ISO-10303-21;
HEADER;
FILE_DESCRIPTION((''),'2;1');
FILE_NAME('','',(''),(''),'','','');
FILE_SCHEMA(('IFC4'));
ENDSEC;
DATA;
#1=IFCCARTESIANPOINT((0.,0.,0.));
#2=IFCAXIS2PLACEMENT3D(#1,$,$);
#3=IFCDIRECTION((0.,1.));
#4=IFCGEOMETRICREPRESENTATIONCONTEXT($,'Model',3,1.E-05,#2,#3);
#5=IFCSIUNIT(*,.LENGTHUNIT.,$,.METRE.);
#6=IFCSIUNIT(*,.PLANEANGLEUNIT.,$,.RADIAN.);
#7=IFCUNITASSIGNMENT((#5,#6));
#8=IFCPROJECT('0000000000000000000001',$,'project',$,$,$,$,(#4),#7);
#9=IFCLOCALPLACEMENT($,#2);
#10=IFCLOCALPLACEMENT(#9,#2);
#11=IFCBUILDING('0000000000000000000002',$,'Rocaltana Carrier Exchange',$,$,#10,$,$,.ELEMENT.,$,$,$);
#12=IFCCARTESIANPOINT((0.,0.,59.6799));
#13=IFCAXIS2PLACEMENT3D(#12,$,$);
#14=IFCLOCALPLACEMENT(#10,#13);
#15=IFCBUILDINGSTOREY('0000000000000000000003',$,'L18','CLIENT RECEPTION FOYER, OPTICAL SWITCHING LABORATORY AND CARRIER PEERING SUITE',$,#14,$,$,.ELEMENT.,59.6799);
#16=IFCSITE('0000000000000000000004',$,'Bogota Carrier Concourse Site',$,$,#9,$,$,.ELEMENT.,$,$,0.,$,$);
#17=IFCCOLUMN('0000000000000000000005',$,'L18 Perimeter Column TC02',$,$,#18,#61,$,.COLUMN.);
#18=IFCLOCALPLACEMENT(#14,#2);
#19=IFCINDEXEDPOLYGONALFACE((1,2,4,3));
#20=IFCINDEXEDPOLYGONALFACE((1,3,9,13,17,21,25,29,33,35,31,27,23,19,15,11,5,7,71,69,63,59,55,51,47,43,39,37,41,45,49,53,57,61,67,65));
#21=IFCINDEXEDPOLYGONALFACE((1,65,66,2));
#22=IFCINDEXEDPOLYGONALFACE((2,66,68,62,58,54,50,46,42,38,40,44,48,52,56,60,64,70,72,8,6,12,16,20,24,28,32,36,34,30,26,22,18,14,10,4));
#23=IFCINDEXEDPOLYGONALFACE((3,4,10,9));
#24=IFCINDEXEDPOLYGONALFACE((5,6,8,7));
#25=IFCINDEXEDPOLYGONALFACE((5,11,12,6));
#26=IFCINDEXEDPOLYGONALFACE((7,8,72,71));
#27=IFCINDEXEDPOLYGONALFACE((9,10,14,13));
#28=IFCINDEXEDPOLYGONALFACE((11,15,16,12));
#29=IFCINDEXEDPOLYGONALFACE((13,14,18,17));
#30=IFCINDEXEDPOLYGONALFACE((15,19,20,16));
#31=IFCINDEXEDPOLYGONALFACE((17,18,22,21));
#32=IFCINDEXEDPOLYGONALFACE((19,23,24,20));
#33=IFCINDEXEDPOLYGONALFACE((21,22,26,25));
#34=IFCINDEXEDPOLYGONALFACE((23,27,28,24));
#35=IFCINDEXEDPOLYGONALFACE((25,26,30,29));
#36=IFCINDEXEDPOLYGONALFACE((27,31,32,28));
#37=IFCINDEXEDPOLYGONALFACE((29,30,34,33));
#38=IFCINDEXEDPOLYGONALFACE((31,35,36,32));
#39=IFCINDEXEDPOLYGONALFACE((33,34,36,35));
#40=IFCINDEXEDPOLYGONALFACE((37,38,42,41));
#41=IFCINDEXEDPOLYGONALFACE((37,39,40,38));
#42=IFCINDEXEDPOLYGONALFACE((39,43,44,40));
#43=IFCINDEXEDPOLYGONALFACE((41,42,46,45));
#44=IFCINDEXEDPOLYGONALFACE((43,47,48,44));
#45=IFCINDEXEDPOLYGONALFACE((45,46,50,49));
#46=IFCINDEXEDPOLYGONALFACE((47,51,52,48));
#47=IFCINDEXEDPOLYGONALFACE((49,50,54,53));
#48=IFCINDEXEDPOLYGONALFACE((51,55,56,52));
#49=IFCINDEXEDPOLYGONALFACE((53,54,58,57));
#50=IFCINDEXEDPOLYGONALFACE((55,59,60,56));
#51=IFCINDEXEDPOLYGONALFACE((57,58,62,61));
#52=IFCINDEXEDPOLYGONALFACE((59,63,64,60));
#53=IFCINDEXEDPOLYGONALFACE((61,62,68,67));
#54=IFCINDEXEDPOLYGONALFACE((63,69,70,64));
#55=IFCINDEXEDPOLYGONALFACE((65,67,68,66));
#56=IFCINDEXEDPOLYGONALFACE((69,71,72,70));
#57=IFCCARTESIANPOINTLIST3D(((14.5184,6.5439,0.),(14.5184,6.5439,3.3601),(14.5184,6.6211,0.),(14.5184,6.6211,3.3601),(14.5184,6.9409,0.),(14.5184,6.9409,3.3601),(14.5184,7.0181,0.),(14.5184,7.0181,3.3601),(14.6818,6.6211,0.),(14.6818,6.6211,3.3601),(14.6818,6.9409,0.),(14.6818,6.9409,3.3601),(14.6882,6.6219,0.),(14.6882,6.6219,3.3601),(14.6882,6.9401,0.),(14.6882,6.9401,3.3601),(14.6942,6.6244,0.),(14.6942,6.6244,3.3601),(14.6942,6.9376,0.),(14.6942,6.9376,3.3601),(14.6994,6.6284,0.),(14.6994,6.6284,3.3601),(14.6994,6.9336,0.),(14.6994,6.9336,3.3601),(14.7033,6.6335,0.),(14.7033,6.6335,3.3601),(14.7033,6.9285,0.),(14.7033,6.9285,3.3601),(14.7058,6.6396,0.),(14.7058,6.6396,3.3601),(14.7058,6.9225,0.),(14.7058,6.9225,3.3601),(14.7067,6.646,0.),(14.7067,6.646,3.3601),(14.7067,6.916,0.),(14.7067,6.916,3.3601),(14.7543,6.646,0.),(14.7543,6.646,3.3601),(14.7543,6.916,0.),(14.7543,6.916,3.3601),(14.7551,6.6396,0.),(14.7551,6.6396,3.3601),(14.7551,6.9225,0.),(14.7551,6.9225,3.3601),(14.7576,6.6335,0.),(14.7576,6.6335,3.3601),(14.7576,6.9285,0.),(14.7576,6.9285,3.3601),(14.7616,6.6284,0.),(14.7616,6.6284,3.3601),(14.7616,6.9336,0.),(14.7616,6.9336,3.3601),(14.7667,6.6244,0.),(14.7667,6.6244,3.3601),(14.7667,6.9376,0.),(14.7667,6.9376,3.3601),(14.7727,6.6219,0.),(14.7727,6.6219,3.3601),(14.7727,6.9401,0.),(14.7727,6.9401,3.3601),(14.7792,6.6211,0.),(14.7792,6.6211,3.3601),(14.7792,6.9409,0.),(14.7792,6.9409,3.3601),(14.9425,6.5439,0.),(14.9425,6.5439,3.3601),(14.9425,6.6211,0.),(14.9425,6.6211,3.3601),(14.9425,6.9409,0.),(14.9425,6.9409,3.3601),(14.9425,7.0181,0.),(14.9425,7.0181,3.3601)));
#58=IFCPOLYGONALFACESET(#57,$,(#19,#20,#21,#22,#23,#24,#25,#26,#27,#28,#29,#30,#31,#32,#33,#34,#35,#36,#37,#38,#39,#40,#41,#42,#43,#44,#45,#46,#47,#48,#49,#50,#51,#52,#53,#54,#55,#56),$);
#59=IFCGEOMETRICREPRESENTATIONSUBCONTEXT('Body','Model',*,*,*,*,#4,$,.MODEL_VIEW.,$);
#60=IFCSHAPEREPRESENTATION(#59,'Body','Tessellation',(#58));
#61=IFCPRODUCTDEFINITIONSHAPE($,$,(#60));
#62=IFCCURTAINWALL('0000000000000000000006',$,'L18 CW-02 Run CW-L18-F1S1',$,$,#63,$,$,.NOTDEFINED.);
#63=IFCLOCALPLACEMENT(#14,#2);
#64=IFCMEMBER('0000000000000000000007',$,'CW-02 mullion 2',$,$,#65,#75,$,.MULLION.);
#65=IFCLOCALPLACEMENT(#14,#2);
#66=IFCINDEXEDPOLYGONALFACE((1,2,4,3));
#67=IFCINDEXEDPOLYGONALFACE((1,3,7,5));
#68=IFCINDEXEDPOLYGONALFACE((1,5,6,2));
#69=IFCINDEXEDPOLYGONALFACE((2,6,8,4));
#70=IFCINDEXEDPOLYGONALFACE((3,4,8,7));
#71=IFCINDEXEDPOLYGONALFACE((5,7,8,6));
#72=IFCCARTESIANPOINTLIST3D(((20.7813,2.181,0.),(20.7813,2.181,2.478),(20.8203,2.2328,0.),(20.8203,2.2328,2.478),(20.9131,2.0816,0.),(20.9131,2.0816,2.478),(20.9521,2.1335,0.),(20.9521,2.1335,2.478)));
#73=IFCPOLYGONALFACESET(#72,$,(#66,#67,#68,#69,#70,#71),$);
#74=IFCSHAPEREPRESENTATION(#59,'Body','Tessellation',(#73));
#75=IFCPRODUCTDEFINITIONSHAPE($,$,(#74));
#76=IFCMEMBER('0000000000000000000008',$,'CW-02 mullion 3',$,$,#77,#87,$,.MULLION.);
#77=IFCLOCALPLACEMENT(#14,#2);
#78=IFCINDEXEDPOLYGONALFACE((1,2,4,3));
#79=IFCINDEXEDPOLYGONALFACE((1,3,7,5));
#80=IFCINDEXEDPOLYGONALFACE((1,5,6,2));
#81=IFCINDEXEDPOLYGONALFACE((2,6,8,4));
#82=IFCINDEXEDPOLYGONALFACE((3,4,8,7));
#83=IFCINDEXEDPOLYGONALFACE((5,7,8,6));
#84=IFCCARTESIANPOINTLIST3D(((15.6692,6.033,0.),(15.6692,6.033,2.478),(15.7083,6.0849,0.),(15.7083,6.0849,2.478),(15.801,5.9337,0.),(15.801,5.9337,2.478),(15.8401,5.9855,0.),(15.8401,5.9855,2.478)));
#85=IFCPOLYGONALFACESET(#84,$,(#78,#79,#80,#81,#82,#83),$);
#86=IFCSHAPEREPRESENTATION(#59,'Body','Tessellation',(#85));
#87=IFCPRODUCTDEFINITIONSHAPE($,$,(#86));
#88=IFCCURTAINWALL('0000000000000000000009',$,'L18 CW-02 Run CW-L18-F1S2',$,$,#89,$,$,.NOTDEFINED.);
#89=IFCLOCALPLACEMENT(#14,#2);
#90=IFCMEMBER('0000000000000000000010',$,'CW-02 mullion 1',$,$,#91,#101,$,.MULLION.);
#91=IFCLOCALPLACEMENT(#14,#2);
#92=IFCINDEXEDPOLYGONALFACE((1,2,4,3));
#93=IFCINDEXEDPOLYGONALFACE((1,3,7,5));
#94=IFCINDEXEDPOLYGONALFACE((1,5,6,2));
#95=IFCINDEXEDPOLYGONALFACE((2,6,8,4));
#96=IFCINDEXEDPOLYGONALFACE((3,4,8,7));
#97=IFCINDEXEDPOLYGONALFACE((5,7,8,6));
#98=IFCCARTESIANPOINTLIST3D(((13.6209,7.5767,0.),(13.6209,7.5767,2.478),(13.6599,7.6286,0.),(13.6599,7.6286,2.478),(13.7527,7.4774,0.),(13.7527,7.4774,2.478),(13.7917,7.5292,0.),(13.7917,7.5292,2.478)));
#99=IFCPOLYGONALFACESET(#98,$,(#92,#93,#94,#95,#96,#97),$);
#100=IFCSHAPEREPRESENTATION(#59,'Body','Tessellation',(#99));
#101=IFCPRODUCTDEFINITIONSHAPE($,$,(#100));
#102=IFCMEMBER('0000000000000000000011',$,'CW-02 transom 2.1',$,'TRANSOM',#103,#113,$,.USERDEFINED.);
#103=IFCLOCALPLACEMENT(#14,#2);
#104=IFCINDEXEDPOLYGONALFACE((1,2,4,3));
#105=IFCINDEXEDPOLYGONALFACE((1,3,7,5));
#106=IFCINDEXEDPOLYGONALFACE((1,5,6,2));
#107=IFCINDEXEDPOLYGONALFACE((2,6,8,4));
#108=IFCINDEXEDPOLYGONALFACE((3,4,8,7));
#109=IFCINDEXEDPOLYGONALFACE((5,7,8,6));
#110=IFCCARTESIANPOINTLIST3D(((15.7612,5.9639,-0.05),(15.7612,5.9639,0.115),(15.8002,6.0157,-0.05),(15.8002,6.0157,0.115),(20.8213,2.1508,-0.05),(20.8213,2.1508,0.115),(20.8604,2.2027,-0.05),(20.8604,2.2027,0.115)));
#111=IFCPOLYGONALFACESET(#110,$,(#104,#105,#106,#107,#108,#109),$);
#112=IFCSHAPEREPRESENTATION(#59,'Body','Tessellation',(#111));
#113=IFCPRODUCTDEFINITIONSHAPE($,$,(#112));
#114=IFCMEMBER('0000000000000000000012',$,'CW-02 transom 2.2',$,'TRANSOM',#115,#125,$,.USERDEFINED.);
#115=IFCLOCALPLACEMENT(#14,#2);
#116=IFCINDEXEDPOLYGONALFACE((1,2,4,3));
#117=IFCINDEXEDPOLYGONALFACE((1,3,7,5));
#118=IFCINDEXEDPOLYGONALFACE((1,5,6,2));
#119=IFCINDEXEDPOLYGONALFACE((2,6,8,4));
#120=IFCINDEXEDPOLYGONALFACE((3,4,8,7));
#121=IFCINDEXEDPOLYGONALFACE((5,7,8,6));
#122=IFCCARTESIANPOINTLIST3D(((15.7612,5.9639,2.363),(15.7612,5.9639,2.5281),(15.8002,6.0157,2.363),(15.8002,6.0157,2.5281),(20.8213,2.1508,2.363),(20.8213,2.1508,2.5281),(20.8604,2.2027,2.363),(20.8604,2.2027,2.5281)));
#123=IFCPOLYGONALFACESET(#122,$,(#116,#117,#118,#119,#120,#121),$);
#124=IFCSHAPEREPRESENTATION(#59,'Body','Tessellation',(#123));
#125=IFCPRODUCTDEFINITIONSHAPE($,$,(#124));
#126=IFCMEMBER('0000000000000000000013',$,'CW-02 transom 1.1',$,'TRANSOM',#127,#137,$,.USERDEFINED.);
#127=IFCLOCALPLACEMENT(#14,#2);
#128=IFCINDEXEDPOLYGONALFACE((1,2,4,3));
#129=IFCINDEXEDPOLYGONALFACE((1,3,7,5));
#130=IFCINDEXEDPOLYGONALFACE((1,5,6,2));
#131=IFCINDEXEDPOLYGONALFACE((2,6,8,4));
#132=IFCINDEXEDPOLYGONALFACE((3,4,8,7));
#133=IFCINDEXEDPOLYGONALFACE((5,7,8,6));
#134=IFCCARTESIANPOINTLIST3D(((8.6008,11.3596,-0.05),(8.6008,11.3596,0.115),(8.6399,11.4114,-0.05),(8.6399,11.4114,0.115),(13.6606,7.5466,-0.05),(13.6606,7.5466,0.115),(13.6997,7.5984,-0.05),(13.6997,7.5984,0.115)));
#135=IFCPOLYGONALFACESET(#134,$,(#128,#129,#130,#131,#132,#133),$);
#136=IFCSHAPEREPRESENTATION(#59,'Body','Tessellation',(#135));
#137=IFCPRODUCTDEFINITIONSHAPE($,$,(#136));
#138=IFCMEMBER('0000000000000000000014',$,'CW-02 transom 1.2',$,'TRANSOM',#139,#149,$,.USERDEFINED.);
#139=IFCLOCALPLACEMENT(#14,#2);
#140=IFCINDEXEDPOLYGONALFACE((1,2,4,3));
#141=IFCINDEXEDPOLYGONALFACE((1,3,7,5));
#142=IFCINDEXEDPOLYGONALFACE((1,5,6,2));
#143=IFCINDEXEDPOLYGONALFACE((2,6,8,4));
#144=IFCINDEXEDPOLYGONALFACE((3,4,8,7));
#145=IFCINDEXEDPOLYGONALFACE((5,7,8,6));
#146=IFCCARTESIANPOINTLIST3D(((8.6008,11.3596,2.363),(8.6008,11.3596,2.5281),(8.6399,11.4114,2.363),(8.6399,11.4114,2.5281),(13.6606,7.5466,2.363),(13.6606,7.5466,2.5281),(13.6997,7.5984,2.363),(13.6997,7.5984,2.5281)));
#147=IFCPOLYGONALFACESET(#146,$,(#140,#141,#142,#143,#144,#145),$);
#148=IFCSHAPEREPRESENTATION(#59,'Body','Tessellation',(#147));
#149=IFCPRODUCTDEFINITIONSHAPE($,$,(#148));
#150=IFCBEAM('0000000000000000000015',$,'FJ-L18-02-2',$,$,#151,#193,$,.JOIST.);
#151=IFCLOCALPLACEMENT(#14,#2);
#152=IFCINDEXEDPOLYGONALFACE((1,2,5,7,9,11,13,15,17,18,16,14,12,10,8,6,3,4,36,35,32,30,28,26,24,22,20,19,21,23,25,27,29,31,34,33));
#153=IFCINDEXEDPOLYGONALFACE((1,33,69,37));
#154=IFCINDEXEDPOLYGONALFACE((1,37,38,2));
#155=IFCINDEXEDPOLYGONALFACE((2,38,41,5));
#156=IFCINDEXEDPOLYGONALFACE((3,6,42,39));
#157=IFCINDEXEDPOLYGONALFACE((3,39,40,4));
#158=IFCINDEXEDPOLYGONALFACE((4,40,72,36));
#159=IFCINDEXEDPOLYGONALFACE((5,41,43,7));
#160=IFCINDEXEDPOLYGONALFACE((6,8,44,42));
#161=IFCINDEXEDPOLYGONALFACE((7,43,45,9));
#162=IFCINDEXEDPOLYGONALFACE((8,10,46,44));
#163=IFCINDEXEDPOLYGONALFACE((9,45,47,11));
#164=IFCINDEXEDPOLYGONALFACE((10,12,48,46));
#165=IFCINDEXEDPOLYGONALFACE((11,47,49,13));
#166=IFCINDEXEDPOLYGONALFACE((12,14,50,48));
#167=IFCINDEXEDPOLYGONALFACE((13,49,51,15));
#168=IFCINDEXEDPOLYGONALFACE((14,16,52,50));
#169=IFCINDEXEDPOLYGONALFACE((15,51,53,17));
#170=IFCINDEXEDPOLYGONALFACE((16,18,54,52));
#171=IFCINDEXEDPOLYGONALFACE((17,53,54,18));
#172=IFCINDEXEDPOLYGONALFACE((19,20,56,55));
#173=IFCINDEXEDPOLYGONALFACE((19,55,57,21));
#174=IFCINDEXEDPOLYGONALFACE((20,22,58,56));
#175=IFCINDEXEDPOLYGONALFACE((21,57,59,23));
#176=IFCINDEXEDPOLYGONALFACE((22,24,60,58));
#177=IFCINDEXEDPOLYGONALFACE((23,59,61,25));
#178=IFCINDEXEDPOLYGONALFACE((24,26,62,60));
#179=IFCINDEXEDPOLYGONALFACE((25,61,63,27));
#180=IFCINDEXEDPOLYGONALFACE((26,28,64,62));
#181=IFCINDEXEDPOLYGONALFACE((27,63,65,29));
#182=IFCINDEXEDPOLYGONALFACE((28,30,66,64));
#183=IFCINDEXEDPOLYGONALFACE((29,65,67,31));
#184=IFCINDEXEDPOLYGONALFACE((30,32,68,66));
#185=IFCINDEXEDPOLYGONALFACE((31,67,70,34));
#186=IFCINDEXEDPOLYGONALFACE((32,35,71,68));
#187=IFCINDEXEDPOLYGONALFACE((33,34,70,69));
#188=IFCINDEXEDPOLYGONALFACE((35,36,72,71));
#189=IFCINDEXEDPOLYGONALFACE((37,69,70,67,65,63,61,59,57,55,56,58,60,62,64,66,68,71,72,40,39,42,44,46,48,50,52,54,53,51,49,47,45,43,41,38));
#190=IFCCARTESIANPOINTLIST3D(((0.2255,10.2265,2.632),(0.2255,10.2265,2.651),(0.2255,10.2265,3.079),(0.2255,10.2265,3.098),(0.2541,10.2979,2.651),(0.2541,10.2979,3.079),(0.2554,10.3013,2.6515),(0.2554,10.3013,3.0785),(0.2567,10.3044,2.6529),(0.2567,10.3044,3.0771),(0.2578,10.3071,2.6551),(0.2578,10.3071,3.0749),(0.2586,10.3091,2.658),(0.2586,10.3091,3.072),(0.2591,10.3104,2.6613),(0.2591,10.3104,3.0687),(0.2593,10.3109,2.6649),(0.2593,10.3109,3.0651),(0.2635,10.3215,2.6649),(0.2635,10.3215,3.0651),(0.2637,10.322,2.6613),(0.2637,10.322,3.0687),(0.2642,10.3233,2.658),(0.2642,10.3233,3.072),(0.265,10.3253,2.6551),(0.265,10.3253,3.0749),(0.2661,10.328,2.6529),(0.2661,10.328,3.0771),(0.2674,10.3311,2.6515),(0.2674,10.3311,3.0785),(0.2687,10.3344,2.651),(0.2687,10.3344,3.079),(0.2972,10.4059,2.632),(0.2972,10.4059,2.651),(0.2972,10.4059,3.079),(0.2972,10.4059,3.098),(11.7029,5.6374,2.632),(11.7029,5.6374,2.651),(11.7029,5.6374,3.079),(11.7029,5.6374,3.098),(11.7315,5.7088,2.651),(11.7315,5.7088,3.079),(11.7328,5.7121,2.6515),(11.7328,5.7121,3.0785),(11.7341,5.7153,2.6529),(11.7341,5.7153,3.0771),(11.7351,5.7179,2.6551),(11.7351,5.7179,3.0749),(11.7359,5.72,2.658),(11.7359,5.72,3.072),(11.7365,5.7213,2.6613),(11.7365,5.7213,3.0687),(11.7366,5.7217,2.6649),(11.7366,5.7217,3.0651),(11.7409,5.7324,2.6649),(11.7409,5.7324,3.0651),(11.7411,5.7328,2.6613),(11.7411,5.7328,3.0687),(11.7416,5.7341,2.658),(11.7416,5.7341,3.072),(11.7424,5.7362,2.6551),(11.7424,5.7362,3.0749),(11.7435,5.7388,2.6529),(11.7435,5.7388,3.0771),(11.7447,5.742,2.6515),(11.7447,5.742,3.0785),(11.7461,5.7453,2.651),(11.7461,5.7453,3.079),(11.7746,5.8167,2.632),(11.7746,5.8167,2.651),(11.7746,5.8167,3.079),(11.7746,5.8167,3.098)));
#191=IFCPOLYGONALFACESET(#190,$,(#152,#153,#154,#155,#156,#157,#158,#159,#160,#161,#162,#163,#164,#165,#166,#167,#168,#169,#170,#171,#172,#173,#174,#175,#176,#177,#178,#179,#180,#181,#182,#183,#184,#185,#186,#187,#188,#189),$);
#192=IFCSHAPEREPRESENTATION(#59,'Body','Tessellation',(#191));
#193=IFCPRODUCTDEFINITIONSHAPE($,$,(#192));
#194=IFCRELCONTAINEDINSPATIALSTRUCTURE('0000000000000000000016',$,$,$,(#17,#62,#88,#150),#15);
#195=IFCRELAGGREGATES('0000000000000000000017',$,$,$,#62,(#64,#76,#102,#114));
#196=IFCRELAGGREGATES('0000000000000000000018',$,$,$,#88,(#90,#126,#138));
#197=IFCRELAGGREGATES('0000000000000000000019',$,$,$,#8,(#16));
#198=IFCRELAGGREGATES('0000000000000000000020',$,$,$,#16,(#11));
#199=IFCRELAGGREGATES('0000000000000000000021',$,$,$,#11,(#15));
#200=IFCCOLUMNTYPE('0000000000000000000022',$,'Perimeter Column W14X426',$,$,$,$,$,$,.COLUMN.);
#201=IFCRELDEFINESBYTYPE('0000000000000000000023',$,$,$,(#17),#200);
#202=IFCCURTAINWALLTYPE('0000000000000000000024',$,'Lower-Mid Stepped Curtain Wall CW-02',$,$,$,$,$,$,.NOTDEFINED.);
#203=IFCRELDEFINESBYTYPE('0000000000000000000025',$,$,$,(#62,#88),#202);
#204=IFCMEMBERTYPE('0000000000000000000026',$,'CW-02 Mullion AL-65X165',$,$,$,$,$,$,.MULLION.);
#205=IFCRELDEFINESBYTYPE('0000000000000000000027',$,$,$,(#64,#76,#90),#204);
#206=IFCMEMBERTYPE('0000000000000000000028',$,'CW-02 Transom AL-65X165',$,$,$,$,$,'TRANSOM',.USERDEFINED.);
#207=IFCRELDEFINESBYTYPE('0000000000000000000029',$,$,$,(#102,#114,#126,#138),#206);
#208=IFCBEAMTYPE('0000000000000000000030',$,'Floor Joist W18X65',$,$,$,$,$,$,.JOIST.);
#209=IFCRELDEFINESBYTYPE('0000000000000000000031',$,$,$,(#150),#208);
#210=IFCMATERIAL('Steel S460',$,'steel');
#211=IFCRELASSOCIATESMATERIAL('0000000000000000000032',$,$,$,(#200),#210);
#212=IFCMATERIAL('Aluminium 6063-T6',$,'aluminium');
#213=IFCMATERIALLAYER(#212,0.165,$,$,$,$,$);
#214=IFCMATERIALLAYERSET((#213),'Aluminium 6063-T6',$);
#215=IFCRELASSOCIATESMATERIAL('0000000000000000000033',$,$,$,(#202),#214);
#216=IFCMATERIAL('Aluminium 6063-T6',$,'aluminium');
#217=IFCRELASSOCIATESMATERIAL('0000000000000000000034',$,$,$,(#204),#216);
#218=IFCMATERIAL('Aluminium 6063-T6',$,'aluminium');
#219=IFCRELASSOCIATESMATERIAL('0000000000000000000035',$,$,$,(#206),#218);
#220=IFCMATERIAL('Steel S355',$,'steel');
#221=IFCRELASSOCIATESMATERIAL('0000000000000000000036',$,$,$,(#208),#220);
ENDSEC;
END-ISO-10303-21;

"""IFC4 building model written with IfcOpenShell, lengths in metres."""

from ifc_helpers import new_model, si_unit, direction, frame, origin, origin_2d, place, context, subcontext, project, spatial, rectangle, i_section, extrude, material, layer, layer_set, material_profile, profile_set, type_object, element, aggregate, save


model = new_model("IFC4")

# Units and contexts
model_context = context("Model", 3, precision=1e-05, world=origin(), true_north=direction((0.0, 1.0)))
body_context = subcontext(model_context, "Body", "Model", "MODEL_VIEW")
ifc_project = project(units=[si_unit("LENGTHUNIT", "METRE"), si_unit("PLANEANGLEUNIT", "RADIAN")], contexts=[model_context])

# Site, building, storey
site_placement = place(None, origin())
site = spatial("IfcSite", under=ifc_project, at=site_placement, Name="Bogota Carrier Concourse Site", CompositionType="ELEMENT", RefElevation=0.0)
building_placement = place(site_placement, origin())
building = spatial("IfcBuilding", under=site, at=building_placement, Name="Rocaltana Carrier Exchange", CompositionType="ELEMENT")
storey_placement = place(building_placement, frame((0.0, 0.0, 59.6799)))
storey = spatial("IfcBuildingStorey", under=building, at=storey_placement, Name="L18", Description="CLIENT RECEPTION FOYER, OPTICAL SWITCHING LABORATORY AND CARRIER PEERING SUITE", CompositionType="ELEMENT", Elevation=59.6799)

# Column
ifc_material_1 = material(Name="Steel S460", Category="steel")
ifc_material_profile_1 = material_profile(ifc_material_1, i_section(OverallWidth=0.4241, OverallDepth=0.4741, WebThickness=0.0476, FlangeThickness=0.0771, FilletRadius=0.0249, at=origin_2d()), Name="W14X426")
ifc_profile_set_1 = profile_set([ifc_material_profile_1], Name="Steel S460")
column_type = type_object("IfcColumnType", Name="Perimeter Column W14X426", PredefinedType="COLUMN", material=ifc_profile_set_1)
column_placement = place(storey_placement, frame((14.7305, 6.781, 0.0), z_axis=(0.0, 0.0, 1.0), x_axis=(1.0, 0.0, 0.0)))
element("IfcColumn", 1, at=column_placement, inside=storey, type_object=column_type, Name="L18 Perimeter Column TC02", PredefinedType="COLUMN", context=body_context, shape_type="SweptSolid", body=[
    extrude(i_section(OverallWidth=0.4241, OverallDepth=0.4741, WebThickness=0.0476, FlangeThickness=0.0771, FilletRadius=0.0249, at=origin_2d()), origin(), (0.0, 0.0, 1.0), 3.3601),
])

# Curtain wall, members
ifc_material_2 = material(Name="Aluminium 6063-T6", Category="aluminium")
ifc_layer_1 = layer(ifc_material_2, 0.165)
ifc_layer_set_1 = layer_set([ifc_layer_1], Name="Aluminium 6063-T6")
curtain_wall_type = type_object("IfcCurtainWallType", Name="Lower-Mid Stepped Curtain Wall CW-02", PredefinedType="NOTDEFINED", material=ifc_layer_set_1)
curtain_wall_1_placement = place(storey_placement, origin())
curtain_wall_1 = element("IfcCurtainWall", 2, at=curtain_wall_1_placement, inside=storey, type_object=curtain_wall_type, Name="L18 CW-02 Run CW-L18-F1S1", PredefinedType="NOTDEFINED")
ifc_material_3 = material(Name="Aluminium 6063-T6", Category="aluminium")
ifc_material_profile_2 = material_profile(ifc_material_3, rectangle(XDim=0.0649, YDim=0.165, at=origin_2d()), Name="AL-65X165")
ifc_profile_set_2 = profile_set([ifc_material_profile_2], Name="Aluminium 6063-T6")
member_type_1 = type_object("IfcMemberType", Name="CW-02 Mullion AL-65X165", PredefinedType="MULLION", material=ifc_profile_set_2)
member_1_placement = place(storey_placement, frame((20.8667, 2.1572, 0.0), z_axis=(0.0, 0.0, 1.0), x_axis=(-0.601807, -0.798642, 0.0)))
member_1 = element("IfcMember", 3, at=member_1_placement, type_object=member_type_1, Name="CW-02 mullion 2", PredefinedType="MULLION", context=body_context, shape_type="SweptSolid", body=[
    extrude(rectangle(XDim=0.0649, YDim=0.165, at=origin_2d()), origin(), (0.0, 0.0, 1.0), 2.478),
])
member_2_placement = place(storey_placement, frame((15.7546, 6.0093, 0.0), z_axis=(0.0, 0.0, 1.0), x_axis=(-0.601807, -0.798642, 0.0)))
member_2 = element("IfcMember", 4, at=member_2_placement, type_object=member_type_1, Name="CW-02 mullion 3", PredefinedType="MULLION", context=body_context, shape_type="SweptSolid", body=[
    extrude(rectangle(XDim=0.0649, YDim=0.165, at=origin_2d()), origin(), (0.0, 0.0, 1.0), 2.478),
])

# Curtain wall, member
curtain_wall_2_placement = place(storey_placement, origin())
curtain_wall_2 = element("IfcCurtainWall", 5, at=curtain_wall_2_placement, inside=storey, type_object=curtain_wall_type, Name="L18 CW-02 Run CW-L18-F1S2", PredefinedType="NOTDEFINED")
member_3_placement = place(storey_placement, frame((13.7063, 7.553, 0.0), z_axis=(0.0, 0.0, 1.0), x_axis=(-0.601815, -0.798635, 0.0)))
member_3 = element("IfcMember", 6, at=member_3_placement, type_object=member_type_1, Name="CW-02 mullion 1", PredefinedType="MULLION", context=body_context, shape_type="SweptSolid", body=[
    extrude(rectangle(XDim=0.0649, YDim=0.165, at=origin_2d()), origin(), (0.0, 0.0, 1.0), 2.478),
])

# Members
ifc_material_4 = material(Name="Aluminium 6063-T6", Category="aluminium")
ifc_material_profile_3 = material_profile(ifc_material_4, rectangle(XDim=0.0649, YDim=0.165, at=origin_2d()), Name="AL-65X165")
ifc_profile_set_3 = profile_set([ifc_material_profile_3], Name="Aluminium 6063-T6")
member_type_2 = type_object("IfcMemberType", Name="CW-02 Transom AL-65X165", ElementType="TRANSOM", PredefinedType="USERDEFINED", material=ifc_profile_set_3)
member_4_placement = place(storey_placement, frame((20.8408, 2.1768, 0.0325), z_axis=(-0.798638, 0.601811, 0.0), x_axis=(-0.601811, -0.798638, 0.0)))
member_4 = element("IfcMember", 7, at=member_4_placement, type_object=member_type_2, Name="CW-02 transom 2.1", ObjectType="TRANSOM", PredefinedType="USERDEFINED", context=body_context, shape_type="SweptSolid", body=[
    extrude(rectangle(XDim=0.0649, YDim=0.165, at=origin_2d()), origin(), (0.0, 0.0, 1.0), 6.3359),
])
member_5_placement = place(storey_placement, frame((20.8408, 2.1768, 2.4456), z_axis=(-0.798638, 0.601811, 0.0), x_axis=(-0.601811, -0.798638, 0.0)))
member_5 = element("IfcMember", 8, at=member_5_placement, type_object=member_type_2, Name="CW-02 transom 2.2", ObjectType="TRANSOM", PredefinedType="USERDEFINED", context=body_context, shape_type="SweptSolid", body=[
    extrude(rectangle(XDim=0.0649, YDim=0.165, at=origin_2d()), origin(), (0.0, 0.0, 1.0), 6.3359),
])
member_6_placement = place(storey_placement, frame((13.6802, 7.5725, 0.0325), z_axis=(-0.798625, 0.60183, 0.0), x_axis=(-0.60183, -0.798625, 0.0)))
member_6 = element("IfcMember", 9, at=member_6_placement, type_object=member_type_2, Name="CW-02 transom 1.1", ObjectType="TRANSOM", PredefinedType="USERDEFINED", context=body_context, shape_type="SweptSolid", body=[
    extrude(rectangle(XDim=0.0649, YDim=0.165, at=origin_2d()), origin(), (0.0, 0.0, 1.0), 6.3357),
])
member_7_placement = place(storey_placement, frame((13.6802, 7.5725, 2.4456), z_axis=(-0.798625, 0.60183, 0.0), x_axis=(-0.60183, -0.798625, 0.0)))
member_7 = element("IfcMember", 10, at=member_7_placement, type_object=member_type_2, Name="CW-02 transom 1.2", ObjectType="TRANSOM", PredefinedType="USERDEFINED", context=body_context, shape_type="SweptSolid", body=[
    extrude(rectangle(XDim=0.0649, YDim=0.165, at=origin_2d()), origin(), (0.0, 0.0, 1.0), 6.3357),
])

# Beam
ifc_material_5 = material(Name="Steel S355", Category="steel")
ifc_material_profile_4 = material_profile(ifc_material_5, i_section(OverallWidth=0.1931, OverallDepth=0.4661, WebThickness=0.0115, FlangeThickness=0.019, FilletRadius=0.0139, at=origin_2d()), Name="W18X65")
ifc_profile_set_4 = profile_set([ifc_material_profile_4], Name="Steel S355")
beam_type_1 = type_object("IfcBeamType", Name="Floor Joist W18X65", PredefinedType="JOIST", material=ifc_profile_set_4)
beam_1_placement = place(storey_placement, frame((11.7388, 5.7271, 2.865), z_axis=(-0.928527, 0.371265, 0.0), x_axis=(-0.371265, -0.928527, 0.0)))
element("IfcBeam", 11, at=beam_1_placement, inside=storey, type_object=beam_type_1, Name="FJ-L18-02-2", PredefinedType="JOIST", context=body_context, shape_type="SweptSolid", body=[
    extrude(i_section(OverallWidth=0.1931, OverallDepth=0.4661, WebThickness=0.0115, FlangeThickness=0.019, FilletRadius=0.0139, at=origin_2d()), origin(), (0.0, 0.0, 1.0), 12.3608),
])

aggregate(curtain_wall_1, [member_1, member_2, member_4, member_5])
aggregate(curtain_wall_2, [member_3, member_6, member_7])

save(model, "model.ifc")
